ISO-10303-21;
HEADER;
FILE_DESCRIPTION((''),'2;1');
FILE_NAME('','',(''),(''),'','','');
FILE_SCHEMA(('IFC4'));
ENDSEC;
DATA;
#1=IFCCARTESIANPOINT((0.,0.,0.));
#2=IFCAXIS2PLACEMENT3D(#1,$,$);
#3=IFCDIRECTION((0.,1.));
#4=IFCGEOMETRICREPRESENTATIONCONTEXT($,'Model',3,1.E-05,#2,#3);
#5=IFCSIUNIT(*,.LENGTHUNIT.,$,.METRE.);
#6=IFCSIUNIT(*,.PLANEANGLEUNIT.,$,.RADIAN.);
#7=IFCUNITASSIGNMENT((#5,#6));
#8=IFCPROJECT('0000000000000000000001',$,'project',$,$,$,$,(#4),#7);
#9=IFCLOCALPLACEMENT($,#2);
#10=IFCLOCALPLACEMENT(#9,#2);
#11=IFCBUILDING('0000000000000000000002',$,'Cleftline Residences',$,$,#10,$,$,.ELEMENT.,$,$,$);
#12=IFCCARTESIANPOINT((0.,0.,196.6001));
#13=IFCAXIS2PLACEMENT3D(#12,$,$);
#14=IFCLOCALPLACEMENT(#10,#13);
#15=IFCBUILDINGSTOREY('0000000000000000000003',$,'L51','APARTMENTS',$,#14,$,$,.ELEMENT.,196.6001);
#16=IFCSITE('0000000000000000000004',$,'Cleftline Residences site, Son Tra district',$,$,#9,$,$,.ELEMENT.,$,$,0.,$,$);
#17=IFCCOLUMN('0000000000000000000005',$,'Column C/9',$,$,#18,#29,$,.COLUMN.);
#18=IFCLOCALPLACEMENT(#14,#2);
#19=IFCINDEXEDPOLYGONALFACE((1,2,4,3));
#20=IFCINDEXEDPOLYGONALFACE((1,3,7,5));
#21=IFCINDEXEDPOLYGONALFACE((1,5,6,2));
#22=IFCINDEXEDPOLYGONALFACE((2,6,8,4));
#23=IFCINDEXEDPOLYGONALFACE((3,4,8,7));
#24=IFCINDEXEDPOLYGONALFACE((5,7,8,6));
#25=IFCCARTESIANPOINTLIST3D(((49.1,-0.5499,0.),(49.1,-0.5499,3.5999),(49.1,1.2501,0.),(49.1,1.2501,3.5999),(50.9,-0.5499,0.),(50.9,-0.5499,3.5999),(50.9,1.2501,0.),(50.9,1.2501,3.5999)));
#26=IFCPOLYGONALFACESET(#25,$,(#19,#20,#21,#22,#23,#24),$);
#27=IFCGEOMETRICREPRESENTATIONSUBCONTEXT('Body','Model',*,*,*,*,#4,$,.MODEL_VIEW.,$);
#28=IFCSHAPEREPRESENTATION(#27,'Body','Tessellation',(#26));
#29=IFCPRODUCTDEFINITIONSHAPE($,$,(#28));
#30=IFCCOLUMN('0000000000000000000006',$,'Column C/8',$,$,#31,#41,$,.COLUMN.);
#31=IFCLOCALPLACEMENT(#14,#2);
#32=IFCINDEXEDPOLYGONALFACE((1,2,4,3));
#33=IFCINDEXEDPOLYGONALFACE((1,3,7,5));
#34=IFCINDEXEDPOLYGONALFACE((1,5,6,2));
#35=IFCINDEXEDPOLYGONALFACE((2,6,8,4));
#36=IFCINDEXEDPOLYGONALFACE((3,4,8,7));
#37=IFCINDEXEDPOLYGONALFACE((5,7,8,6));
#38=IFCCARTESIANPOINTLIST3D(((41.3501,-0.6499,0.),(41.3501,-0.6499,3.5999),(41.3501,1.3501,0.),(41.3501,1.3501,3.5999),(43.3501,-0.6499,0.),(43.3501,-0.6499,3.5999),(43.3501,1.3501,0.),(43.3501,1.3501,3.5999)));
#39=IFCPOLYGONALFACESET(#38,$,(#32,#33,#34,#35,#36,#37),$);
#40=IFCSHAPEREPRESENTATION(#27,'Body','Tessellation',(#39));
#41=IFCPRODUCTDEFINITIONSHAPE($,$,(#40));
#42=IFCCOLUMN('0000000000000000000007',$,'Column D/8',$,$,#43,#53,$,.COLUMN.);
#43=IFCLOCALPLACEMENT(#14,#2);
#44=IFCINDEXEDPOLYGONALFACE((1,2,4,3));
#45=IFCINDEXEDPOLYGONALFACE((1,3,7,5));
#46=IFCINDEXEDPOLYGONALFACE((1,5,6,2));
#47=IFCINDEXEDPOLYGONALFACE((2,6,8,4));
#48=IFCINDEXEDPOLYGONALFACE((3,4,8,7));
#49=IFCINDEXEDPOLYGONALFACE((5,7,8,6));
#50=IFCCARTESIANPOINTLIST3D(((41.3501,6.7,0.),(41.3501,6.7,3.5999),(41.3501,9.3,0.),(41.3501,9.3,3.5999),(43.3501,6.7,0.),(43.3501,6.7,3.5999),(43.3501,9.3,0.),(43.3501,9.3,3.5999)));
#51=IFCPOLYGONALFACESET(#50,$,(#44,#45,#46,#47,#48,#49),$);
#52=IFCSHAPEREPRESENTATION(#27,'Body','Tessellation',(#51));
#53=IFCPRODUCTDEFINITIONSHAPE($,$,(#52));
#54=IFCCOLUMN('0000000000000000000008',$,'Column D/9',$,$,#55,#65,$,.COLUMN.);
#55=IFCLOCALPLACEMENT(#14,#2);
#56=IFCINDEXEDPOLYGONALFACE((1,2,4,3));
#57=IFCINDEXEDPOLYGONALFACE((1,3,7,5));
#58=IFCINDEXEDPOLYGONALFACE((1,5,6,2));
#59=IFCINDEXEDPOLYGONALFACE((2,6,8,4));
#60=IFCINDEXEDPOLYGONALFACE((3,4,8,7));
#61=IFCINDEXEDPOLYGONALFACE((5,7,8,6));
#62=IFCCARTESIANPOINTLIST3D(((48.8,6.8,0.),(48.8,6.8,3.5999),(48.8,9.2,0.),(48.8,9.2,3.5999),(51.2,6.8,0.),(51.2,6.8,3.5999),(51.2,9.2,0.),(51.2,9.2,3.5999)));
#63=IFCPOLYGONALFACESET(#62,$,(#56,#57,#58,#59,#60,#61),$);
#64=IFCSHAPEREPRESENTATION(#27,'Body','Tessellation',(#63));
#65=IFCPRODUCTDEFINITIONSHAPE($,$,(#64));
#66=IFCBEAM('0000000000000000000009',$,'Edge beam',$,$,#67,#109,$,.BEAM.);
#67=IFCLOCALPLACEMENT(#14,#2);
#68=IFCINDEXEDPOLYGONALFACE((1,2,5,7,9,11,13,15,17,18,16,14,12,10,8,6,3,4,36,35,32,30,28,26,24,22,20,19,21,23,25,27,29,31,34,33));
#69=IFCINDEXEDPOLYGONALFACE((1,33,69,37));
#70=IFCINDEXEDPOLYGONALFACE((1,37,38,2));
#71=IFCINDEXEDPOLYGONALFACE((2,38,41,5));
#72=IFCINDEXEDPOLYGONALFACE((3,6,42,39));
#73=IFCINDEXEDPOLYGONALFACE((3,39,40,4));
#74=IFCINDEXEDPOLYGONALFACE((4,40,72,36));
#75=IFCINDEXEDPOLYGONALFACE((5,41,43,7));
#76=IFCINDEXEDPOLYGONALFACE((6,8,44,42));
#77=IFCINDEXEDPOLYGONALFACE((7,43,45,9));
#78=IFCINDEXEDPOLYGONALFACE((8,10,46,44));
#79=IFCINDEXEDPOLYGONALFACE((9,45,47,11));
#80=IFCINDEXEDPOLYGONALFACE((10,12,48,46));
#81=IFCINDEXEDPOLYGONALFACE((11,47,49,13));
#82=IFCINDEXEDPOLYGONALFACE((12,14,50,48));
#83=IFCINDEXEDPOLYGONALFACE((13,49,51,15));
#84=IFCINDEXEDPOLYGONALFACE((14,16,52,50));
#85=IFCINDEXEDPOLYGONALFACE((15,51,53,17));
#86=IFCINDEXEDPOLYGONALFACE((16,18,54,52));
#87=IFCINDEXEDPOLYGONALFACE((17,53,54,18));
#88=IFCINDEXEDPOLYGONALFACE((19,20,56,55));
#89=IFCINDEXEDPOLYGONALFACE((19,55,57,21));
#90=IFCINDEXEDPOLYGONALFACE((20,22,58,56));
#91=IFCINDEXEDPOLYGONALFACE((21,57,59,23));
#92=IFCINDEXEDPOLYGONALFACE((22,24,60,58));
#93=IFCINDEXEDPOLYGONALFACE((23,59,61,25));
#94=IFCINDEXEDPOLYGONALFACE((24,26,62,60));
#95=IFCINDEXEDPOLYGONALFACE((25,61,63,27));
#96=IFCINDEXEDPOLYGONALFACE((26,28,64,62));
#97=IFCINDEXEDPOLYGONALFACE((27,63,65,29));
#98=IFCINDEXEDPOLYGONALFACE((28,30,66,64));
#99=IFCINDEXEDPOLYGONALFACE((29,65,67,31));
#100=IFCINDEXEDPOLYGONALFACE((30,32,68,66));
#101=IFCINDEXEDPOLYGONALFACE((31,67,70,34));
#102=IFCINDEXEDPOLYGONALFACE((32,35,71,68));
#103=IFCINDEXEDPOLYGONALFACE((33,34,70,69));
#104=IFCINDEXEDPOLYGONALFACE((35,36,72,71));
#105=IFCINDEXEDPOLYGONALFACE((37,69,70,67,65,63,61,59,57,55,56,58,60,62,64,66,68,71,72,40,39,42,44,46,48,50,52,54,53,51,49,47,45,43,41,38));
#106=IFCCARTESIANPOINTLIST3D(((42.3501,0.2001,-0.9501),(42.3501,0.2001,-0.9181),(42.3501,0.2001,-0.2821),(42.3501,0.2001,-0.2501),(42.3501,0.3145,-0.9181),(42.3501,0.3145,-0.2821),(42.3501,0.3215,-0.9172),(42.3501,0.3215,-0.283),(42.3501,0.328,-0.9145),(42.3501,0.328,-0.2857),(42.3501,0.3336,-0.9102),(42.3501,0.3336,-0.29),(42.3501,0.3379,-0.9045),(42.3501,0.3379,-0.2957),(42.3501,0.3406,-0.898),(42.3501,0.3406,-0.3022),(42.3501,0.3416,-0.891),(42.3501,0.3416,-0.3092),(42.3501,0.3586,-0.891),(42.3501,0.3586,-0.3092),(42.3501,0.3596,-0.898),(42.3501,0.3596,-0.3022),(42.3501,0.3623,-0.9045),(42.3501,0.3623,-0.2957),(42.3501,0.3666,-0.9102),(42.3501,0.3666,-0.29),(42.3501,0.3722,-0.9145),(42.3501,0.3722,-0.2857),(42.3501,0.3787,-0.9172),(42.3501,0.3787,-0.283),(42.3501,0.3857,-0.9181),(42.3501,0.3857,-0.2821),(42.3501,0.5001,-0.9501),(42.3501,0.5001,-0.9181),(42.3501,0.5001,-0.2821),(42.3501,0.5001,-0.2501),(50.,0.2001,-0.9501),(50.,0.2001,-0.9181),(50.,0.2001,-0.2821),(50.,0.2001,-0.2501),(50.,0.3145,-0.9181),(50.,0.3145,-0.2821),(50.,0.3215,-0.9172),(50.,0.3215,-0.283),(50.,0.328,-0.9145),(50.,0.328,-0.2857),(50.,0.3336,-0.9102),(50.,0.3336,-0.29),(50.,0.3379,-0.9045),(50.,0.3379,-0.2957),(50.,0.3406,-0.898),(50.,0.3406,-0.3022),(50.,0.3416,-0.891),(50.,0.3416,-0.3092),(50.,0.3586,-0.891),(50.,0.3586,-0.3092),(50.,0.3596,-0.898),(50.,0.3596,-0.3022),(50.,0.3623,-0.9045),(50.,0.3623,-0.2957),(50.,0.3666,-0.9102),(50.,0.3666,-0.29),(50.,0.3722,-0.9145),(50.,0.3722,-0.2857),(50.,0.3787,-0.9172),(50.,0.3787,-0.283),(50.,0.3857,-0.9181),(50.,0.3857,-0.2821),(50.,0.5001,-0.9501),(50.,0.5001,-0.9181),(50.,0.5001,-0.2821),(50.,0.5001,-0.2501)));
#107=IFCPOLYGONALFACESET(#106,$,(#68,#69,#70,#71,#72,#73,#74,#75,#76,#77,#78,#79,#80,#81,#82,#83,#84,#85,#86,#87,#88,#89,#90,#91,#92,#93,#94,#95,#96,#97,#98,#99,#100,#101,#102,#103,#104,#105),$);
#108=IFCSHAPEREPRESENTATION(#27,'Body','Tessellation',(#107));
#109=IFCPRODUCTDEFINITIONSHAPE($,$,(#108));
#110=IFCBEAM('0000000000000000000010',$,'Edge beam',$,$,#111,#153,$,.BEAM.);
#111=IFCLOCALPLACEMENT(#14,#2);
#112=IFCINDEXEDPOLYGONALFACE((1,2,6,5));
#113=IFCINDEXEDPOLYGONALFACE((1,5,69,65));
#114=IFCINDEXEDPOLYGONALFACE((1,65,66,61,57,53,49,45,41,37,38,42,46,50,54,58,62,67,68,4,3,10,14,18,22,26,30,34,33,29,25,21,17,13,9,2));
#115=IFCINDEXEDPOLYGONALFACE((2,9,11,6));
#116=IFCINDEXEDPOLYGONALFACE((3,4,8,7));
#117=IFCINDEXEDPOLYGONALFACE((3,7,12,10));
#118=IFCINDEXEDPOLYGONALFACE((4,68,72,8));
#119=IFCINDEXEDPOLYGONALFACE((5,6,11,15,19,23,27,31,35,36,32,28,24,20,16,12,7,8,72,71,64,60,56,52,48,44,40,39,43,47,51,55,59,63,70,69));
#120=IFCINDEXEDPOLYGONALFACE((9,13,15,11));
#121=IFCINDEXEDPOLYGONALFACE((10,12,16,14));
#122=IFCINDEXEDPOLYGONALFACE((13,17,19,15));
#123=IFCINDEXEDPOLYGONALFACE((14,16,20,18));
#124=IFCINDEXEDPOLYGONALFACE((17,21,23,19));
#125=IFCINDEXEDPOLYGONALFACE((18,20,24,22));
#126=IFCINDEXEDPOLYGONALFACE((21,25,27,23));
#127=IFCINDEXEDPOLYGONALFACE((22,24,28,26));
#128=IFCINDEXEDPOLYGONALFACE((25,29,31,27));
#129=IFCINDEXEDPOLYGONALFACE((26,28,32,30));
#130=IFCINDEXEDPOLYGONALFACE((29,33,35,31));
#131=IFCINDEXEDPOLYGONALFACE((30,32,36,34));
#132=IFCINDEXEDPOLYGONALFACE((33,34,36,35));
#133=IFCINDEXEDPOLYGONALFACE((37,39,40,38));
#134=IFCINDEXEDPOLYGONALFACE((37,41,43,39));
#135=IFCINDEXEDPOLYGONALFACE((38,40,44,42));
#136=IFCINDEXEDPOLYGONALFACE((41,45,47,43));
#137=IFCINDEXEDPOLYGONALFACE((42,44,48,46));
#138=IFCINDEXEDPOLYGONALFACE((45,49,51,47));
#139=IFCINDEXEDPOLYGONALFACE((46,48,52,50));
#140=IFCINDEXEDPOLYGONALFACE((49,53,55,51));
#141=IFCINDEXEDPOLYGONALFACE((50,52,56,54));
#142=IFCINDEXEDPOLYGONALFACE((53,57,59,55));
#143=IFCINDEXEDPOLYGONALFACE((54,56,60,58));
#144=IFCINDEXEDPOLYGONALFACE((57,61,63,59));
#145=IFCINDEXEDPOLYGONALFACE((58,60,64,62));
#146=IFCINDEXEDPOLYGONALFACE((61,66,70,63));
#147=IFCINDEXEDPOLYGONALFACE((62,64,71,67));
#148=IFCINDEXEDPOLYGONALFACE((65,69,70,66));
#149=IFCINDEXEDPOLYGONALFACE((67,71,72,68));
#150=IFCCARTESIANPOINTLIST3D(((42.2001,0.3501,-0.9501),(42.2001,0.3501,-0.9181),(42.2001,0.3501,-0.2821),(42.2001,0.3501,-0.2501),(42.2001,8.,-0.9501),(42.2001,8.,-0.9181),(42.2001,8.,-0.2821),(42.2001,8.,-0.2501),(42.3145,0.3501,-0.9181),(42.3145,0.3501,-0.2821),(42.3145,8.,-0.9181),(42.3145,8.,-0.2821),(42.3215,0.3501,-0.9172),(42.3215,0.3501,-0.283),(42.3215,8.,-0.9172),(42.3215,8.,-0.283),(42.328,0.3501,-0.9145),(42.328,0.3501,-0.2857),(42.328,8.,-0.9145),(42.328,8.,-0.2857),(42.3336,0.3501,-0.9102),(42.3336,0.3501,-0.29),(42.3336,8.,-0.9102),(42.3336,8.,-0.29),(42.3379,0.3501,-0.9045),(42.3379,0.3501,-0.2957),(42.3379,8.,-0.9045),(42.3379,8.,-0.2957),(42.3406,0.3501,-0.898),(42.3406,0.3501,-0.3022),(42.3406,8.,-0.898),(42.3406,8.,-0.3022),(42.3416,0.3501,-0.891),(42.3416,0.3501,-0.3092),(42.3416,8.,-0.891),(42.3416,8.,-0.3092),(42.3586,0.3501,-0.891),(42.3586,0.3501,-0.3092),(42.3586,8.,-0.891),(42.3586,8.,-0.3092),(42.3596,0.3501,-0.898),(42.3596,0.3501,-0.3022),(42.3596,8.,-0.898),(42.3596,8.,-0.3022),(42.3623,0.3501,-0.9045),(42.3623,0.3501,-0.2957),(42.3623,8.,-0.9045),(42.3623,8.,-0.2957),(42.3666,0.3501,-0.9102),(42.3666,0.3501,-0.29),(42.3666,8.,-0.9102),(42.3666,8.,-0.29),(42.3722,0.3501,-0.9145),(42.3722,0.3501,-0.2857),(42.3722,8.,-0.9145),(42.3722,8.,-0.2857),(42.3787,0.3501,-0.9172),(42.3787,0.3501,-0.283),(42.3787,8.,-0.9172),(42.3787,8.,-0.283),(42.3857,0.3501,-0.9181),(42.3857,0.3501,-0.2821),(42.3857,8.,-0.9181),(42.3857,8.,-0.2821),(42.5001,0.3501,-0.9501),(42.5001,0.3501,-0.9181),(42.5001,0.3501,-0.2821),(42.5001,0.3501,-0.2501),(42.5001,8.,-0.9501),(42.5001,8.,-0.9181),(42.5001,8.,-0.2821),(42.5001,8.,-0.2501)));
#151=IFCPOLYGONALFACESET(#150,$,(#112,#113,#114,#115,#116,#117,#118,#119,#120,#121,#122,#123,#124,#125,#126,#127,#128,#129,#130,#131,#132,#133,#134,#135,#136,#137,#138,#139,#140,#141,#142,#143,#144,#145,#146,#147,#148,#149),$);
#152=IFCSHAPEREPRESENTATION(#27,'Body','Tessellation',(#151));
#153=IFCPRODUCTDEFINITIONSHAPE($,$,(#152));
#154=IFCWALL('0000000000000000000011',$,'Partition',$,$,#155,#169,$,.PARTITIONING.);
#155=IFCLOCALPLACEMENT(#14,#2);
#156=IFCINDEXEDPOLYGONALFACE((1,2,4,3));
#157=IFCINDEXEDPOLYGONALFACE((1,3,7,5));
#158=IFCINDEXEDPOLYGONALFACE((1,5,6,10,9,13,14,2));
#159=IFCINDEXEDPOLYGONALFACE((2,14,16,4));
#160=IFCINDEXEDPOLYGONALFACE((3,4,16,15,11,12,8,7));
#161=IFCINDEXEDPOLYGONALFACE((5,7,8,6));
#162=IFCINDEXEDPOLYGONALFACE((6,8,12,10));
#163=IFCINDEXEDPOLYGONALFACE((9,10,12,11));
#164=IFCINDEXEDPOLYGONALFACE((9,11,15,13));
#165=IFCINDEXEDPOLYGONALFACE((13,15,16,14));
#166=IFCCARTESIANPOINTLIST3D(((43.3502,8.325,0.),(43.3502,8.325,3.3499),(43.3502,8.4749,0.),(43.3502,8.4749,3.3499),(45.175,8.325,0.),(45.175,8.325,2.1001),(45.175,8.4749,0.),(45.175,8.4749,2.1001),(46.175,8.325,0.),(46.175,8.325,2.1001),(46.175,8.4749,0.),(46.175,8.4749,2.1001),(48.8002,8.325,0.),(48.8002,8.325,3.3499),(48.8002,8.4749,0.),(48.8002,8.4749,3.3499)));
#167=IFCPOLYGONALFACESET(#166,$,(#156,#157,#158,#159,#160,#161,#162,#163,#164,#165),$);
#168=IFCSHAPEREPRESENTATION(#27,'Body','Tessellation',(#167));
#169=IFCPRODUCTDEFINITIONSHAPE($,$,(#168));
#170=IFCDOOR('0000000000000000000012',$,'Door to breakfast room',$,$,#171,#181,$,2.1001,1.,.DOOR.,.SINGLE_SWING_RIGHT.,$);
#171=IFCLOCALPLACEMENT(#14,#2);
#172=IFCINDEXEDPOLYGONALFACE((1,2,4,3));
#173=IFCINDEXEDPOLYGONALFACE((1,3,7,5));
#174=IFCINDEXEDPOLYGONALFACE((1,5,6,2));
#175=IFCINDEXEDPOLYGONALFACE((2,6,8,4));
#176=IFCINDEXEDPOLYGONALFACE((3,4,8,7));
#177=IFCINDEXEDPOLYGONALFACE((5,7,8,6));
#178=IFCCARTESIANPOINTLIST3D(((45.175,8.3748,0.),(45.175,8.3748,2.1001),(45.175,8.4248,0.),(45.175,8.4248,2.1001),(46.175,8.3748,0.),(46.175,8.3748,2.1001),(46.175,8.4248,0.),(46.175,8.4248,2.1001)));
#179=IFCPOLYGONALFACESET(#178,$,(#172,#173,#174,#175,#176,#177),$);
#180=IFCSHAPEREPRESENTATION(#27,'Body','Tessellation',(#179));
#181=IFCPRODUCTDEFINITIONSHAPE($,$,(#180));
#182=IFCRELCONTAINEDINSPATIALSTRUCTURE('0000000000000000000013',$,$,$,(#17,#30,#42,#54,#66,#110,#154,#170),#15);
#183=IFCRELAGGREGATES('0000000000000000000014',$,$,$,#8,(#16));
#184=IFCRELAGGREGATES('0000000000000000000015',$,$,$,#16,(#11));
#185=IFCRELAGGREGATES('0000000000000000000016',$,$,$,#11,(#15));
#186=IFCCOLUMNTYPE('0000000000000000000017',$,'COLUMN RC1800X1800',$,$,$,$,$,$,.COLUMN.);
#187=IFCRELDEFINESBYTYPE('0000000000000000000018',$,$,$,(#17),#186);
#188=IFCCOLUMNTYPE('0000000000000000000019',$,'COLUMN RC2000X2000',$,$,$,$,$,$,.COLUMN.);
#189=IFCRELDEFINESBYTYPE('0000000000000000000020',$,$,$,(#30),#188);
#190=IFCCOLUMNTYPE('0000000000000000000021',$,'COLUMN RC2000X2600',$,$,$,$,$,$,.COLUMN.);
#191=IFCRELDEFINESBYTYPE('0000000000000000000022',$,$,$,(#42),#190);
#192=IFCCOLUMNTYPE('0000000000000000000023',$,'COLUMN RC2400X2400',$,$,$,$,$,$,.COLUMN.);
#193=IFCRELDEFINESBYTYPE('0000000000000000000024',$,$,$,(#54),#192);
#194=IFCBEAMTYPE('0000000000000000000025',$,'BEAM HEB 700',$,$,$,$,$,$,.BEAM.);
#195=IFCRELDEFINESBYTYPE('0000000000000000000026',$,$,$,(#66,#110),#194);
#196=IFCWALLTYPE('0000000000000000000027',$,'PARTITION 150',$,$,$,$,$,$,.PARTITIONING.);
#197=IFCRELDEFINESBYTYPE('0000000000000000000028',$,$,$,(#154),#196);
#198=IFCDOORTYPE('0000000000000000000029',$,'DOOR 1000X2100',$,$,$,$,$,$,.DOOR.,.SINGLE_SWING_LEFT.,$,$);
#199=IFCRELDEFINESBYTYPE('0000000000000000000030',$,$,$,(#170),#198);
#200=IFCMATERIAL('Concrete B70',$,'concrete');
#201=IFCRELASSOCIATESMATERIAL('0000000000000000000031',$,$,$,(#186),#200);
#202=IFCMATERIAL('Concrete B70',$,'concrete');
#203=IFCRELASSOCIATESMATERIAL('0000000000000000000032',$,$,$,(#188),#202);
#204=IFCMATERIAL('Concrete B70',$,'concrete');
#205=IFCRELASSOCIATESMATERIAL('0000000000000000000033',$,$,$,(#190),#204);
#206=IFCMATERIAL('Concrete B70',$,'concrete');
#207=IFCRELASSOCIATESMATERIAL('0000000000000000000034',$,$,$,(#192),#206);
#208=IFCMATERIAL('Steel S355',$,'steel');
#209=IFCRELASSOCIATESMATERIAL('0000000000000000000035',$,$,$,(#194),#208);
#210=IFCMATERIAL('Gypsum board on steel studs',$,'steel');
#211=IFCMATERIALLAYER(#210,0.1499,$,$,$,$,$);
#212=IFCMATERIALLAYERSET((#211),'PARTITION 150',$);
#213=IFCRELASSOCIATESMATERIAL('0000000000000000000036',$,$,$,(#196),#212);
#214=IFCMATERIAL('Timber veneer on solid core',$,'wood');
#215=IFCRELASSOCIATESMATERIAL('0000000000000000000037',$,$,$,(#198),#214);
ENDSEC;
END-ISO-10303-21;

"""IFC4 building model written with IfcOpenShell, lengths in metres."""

from ifc_helpers import new_model, si_unit, direction, frame, frame_2d, origin, origin_2d, place, context, subcontext, project, spatial, rectangle, i_section, extrude, material, layer, layer_set, material_profile, profile_set, type_object, element, fill, save


model = new_model("IFC4")

# Units and contexts
model_context = context("Model", 3, precision=1e-05, world=origin(), true_north=direction((0.0, 1.0)))
body_context = subcontext(model_context, "Body", "Model", "MODEL_VIEW")
ifc_project = project(units=[si_unit("LENGTHUNIT", "METRE"), si_unit("PLANEANGLEUNIT", "RADIAN")], contexts=[model_context])

# Site, building, storey
site_placement = place(None, origin())
site = spatial("IfcSite", under=ifc_project, at=site_placement, Name="Cleftline Residences site, Son Tra district", CompositionType="ELEMENT", RefElevation=0.0)
building_placement = place(site_placement, origin())
building = spatial("IfcBuilding", under=site, at=building_placement, Name="Cleftline Residences", CompositionType="ELEMENT")
storey_placement = place(building_placement, frame((0.0, 0.0, 196.6001)))
storey = spatial("IfcBuildingStorey", under=building, at=storey_placement, Name="L51", Description="APARTMENTS", CompositionType="ELEMENT", Elevation=196.6001)

# Columns
ifc_material_1 = material(Name="Concrete B70", Category="concrete")
ifc_material_profile_1 = material_profile(ifc_material_1, rectangle(XDim=1.8, YDim=1.8, at=origin_2d()))
ifc_profile_set_1 = profile_set([ifc_material_profile_1], Name="Concrete B70")
column_type_1 = type_object("IfcColumnType", Name="COLUMN RC1800X1800", PredefinedType="COLUMN", material=ifc_profile_set_1)
column_1_placement = place(storey_placement, frame((50.0, 0.3501, 0.0), z_axis=(0.0, 0.0, 1.0), x_axis=(1.0, 0.0, 0.0)))
element("IfcColumn", 1, at=column_1_placement, inside=storey, type_object=column_type_1, Name="Column C/9", PredefinedType="COLUMN", context=body_context, shape_type="SweptSolid", body=[
    extrude(rectangle(XDim=1.8, YDim=1.8, at=origin_2d()), origin(), (0.0, 0.0, 1.0), 3.5999),
])
ifc_material_2 = material(Name="Concrete B70", Category="concrete")
ifc_material_profile_2 = material_profile(ifc_material_2, rectangle(XDim=2.0, YDim=2.0, at=origin_2d()))
ifc_profile_set_2 = profile_set([ifc_material_profile_2], Name="Concrete B70")
column_type_2 = type_object("IfcColumnType", Name="COLUMN RC2000X2000", PredefinedType="COLUMN", material=ifc_profile_set_2)
column_2_placement = place(storey_placement, frame((42.3501, 0.3501, 0.0), z_axis=(0.0, 0.0, 1.0), x_axis=(1.0, 0.0, 0.0)))
element("IfcColumn", 2, at=column_2_placement, inside=storey, type_object=column_type_2, Name="Column C/8", PredefinedType="COLUMN", context=body_context, shape_type="SweptSolid", body=[
    extrude(rectangle(XDim=2.0, YDim=2.0, at=origin_2d()), origin(), (0.0, 0.0, 1.0), 3.5999),
])
ifc_material_3 = material(Name="Concrete B70", Category="concrete")
ifc_material_profile_3 = material_profile(ifc_material_3, rectangle(XDim=2.0, YDim=2.6001, at=origin_2d()))
ifc_profile_set_3 = profile_set([ifc_material_profile_3], Name="Concrete B70")
column_type_3 = type_object("IfcColumnType", Name="COLUMN RC2000X2600", PredefinedType="COLUMN", material=ifc_profile_set_3)
column_3_placement = place(storey_placement, frame((42.3501, 8.0, 0.0), z_axis=(0.0, 0.0, 1.0), x_axis=(1.0, 0.0, 0.0)))
element("IfcColumn", 3, at=column_3_placement, inside=storey, type_object=column_type_3, Name="Column D/8", PredefinedType="COLUMN", context=body_context, shape_type="SweptSolid", body=[
    extrude(rectangle(XDim=2.0, YDim=2.6001, at=origin_2d()), origin(), (0.0, 0.0, 1.0), 3.5999),
])
ifc_material_4 = material(Name="Concrete B70", Category="concrete")
ifc_material_profile_4 = material_profile(ifc_material_4, rectangle(XDim=2.3999, YDim=2.3999, at=origin_2d()))
ifc_profile_set_4 = profile_set([ifc_material_profile_4], Name="Concrete B70")
column_type_4 = type_object("IfcColumnType", Name="COLUMN RC2400X2400", PredefinedType="COLUMN", material=ifc_profile_set_4)
column_4_placement = place(storey_placement, frame((50.0, 8.0, 0.0), z_axis=(0.0, 0.0, 1.0), x_axis=(1.0, 0.0, 0.0)))
element("IfcColumn", 4, at=column_4_placement, inside=storey, type_object=column_type_4, Name="Column D/9", PredefinedType="COLUMN", context=body_context, shape_type="SweptSolid", body=[
    extrude(rectangle(XDim=2.3999, YDim=2.3999, at=origin_2d()), origin(), (0.0, 0.0, 1.0), 3.5999),
])

# Beams
ifc_material_5 = material(Name="Steel S355", Category="steel")
ifc_material_profile_5 = material_profile(ifc_material_5, i_section(OverallWidth=0.3, OverallDepth=0.7, WebThickness=0.0171, FlangeThickness=0.032, FilletRadius=0.0271, at=origin_2d()))
ifc_profile_set_5 = profile_set([ifc_material_profile_5], Name="Steel S355")
beam_type = type_object("IfcBeamType", Name="BEAM HEB 700", PredefinedType="BEAM", material=ifc_profile_set_5)
for number, where, z_axis, x_axis, name in (
    (5, (50.0, 0.3501, -0.6001), (-1.0, 0.0, 0.0), (0.0, -1.0, 0.0), "Edge beam"),
    (6, (42.3501, 0.3501, -0.6001), (0.0, 1.0, 0.0), (-1.0, 0.0, 0.0), "Edge beam"),
):
    element("IfcBeam", number, at=place(storey_placement, frame(where, z_axis=z_axis, x_axis=x_axis)), inside=storey, type_object=beam_type, Name=name, PredefinedType="BEAM", context=body_context, shape_type="SweptSolid", body=[
        extrude(i_section(OverallWidth=0.3, OverallDepth=0.7, WebThickness=0.0171, FlangeThickness=0.032, FilletRadius=0.0271, at=origin_2d()), origin(), (0.0, 0.0, 1.0), 7.6499),
    ])

# Wall, opening, door
ifc_material_6 = material(Name="Gypsum board on steel studs", Category="steel")
ifc_layer = layer(ifc_material_6, 0.1499)
ifc_layer_set = layer_set([ifc_layer], Name="PARTITION 150")
wall_type = type_object("IfcWallType", Name="PARTITION 150", PredefinedType="PARTITIONING", material=ifc_layer_set)
wall_1_placement = place(storey_placement, frame((43.3501, 8.3999, 0.0), z_axis=(0.0, 0.0, 1.0), x_axis=(1.0, 0.0, 0.0)))
wall_1 = element("IfcWall", 7, at=wall_1_placement, inside=storey, type_object=wall_type, Name="Partition", PredefinedType="PARTITIONING", context=body_context, shape_type="SweptSolid", body=[
    extrude(rectangle(XDim=5.45, YDim=0.1499, at=frame_2d((2.7251, 0.0))), origin(), (0.0, 0.0, 1.0), 3.3499),
])
opening_1_placement = place(wall_1_placement, frame((1.825, 0.0, 0.0)))
opening_1 = element("IfcOpeningElement", 8, at=opening_1_placement, cuts=wall_1, PredefinedType="OPENING", context=body_context, shape_type="SweptSolid", body=[
    extrude(rectangle(XDim=1.0, YDim=2.1001, at=frame_2d((0.5, 1.05))), frame((0.0, 0.085, 0.0), z_axis=(0.0, -1.0, 0.0), x_axis=(1.0, 0.0, 0.0)), (0.0, 0.0, 1.0), 0.1699),
])
ifc_material_7 = material(Name="Timber veneer on solid core", Category="wood")
door_type_1 = type_object("IfcDoorType", Name="DOOR 1000X2100", OperationType="SINGLE_SWING_LEFT", PredefinedType="DOOR", material=ifc_material_7)
door_1_placement = place(opening_1_placement, origin())
door_1 = element("IfcDoor", 9, at=door_1_placement, inside=storey, type_object=door_type_1, Name="Door to breakfast room", OperationType="SINGLE_SWING_RIGHT", OverallHeight=2.1001, OverallWidth=1.0, PredefinedType="DOOR", context=body_context, shape_type="SweptSolid", body=[
    extrude(rectangle(XDim=1.0, YDim=2.1001, at=frame_2d((0.5, 1.05))), frame((0.0, 0.0249, 0.0), z_axis=(0.0, -1.0, 0.0), x_axis=(1.0, 0.0, 0.0)), (0.0, 0.0, 1.0), 0.05),
])
fill(opening_1, door_1)

save(model, "model.ifc")
